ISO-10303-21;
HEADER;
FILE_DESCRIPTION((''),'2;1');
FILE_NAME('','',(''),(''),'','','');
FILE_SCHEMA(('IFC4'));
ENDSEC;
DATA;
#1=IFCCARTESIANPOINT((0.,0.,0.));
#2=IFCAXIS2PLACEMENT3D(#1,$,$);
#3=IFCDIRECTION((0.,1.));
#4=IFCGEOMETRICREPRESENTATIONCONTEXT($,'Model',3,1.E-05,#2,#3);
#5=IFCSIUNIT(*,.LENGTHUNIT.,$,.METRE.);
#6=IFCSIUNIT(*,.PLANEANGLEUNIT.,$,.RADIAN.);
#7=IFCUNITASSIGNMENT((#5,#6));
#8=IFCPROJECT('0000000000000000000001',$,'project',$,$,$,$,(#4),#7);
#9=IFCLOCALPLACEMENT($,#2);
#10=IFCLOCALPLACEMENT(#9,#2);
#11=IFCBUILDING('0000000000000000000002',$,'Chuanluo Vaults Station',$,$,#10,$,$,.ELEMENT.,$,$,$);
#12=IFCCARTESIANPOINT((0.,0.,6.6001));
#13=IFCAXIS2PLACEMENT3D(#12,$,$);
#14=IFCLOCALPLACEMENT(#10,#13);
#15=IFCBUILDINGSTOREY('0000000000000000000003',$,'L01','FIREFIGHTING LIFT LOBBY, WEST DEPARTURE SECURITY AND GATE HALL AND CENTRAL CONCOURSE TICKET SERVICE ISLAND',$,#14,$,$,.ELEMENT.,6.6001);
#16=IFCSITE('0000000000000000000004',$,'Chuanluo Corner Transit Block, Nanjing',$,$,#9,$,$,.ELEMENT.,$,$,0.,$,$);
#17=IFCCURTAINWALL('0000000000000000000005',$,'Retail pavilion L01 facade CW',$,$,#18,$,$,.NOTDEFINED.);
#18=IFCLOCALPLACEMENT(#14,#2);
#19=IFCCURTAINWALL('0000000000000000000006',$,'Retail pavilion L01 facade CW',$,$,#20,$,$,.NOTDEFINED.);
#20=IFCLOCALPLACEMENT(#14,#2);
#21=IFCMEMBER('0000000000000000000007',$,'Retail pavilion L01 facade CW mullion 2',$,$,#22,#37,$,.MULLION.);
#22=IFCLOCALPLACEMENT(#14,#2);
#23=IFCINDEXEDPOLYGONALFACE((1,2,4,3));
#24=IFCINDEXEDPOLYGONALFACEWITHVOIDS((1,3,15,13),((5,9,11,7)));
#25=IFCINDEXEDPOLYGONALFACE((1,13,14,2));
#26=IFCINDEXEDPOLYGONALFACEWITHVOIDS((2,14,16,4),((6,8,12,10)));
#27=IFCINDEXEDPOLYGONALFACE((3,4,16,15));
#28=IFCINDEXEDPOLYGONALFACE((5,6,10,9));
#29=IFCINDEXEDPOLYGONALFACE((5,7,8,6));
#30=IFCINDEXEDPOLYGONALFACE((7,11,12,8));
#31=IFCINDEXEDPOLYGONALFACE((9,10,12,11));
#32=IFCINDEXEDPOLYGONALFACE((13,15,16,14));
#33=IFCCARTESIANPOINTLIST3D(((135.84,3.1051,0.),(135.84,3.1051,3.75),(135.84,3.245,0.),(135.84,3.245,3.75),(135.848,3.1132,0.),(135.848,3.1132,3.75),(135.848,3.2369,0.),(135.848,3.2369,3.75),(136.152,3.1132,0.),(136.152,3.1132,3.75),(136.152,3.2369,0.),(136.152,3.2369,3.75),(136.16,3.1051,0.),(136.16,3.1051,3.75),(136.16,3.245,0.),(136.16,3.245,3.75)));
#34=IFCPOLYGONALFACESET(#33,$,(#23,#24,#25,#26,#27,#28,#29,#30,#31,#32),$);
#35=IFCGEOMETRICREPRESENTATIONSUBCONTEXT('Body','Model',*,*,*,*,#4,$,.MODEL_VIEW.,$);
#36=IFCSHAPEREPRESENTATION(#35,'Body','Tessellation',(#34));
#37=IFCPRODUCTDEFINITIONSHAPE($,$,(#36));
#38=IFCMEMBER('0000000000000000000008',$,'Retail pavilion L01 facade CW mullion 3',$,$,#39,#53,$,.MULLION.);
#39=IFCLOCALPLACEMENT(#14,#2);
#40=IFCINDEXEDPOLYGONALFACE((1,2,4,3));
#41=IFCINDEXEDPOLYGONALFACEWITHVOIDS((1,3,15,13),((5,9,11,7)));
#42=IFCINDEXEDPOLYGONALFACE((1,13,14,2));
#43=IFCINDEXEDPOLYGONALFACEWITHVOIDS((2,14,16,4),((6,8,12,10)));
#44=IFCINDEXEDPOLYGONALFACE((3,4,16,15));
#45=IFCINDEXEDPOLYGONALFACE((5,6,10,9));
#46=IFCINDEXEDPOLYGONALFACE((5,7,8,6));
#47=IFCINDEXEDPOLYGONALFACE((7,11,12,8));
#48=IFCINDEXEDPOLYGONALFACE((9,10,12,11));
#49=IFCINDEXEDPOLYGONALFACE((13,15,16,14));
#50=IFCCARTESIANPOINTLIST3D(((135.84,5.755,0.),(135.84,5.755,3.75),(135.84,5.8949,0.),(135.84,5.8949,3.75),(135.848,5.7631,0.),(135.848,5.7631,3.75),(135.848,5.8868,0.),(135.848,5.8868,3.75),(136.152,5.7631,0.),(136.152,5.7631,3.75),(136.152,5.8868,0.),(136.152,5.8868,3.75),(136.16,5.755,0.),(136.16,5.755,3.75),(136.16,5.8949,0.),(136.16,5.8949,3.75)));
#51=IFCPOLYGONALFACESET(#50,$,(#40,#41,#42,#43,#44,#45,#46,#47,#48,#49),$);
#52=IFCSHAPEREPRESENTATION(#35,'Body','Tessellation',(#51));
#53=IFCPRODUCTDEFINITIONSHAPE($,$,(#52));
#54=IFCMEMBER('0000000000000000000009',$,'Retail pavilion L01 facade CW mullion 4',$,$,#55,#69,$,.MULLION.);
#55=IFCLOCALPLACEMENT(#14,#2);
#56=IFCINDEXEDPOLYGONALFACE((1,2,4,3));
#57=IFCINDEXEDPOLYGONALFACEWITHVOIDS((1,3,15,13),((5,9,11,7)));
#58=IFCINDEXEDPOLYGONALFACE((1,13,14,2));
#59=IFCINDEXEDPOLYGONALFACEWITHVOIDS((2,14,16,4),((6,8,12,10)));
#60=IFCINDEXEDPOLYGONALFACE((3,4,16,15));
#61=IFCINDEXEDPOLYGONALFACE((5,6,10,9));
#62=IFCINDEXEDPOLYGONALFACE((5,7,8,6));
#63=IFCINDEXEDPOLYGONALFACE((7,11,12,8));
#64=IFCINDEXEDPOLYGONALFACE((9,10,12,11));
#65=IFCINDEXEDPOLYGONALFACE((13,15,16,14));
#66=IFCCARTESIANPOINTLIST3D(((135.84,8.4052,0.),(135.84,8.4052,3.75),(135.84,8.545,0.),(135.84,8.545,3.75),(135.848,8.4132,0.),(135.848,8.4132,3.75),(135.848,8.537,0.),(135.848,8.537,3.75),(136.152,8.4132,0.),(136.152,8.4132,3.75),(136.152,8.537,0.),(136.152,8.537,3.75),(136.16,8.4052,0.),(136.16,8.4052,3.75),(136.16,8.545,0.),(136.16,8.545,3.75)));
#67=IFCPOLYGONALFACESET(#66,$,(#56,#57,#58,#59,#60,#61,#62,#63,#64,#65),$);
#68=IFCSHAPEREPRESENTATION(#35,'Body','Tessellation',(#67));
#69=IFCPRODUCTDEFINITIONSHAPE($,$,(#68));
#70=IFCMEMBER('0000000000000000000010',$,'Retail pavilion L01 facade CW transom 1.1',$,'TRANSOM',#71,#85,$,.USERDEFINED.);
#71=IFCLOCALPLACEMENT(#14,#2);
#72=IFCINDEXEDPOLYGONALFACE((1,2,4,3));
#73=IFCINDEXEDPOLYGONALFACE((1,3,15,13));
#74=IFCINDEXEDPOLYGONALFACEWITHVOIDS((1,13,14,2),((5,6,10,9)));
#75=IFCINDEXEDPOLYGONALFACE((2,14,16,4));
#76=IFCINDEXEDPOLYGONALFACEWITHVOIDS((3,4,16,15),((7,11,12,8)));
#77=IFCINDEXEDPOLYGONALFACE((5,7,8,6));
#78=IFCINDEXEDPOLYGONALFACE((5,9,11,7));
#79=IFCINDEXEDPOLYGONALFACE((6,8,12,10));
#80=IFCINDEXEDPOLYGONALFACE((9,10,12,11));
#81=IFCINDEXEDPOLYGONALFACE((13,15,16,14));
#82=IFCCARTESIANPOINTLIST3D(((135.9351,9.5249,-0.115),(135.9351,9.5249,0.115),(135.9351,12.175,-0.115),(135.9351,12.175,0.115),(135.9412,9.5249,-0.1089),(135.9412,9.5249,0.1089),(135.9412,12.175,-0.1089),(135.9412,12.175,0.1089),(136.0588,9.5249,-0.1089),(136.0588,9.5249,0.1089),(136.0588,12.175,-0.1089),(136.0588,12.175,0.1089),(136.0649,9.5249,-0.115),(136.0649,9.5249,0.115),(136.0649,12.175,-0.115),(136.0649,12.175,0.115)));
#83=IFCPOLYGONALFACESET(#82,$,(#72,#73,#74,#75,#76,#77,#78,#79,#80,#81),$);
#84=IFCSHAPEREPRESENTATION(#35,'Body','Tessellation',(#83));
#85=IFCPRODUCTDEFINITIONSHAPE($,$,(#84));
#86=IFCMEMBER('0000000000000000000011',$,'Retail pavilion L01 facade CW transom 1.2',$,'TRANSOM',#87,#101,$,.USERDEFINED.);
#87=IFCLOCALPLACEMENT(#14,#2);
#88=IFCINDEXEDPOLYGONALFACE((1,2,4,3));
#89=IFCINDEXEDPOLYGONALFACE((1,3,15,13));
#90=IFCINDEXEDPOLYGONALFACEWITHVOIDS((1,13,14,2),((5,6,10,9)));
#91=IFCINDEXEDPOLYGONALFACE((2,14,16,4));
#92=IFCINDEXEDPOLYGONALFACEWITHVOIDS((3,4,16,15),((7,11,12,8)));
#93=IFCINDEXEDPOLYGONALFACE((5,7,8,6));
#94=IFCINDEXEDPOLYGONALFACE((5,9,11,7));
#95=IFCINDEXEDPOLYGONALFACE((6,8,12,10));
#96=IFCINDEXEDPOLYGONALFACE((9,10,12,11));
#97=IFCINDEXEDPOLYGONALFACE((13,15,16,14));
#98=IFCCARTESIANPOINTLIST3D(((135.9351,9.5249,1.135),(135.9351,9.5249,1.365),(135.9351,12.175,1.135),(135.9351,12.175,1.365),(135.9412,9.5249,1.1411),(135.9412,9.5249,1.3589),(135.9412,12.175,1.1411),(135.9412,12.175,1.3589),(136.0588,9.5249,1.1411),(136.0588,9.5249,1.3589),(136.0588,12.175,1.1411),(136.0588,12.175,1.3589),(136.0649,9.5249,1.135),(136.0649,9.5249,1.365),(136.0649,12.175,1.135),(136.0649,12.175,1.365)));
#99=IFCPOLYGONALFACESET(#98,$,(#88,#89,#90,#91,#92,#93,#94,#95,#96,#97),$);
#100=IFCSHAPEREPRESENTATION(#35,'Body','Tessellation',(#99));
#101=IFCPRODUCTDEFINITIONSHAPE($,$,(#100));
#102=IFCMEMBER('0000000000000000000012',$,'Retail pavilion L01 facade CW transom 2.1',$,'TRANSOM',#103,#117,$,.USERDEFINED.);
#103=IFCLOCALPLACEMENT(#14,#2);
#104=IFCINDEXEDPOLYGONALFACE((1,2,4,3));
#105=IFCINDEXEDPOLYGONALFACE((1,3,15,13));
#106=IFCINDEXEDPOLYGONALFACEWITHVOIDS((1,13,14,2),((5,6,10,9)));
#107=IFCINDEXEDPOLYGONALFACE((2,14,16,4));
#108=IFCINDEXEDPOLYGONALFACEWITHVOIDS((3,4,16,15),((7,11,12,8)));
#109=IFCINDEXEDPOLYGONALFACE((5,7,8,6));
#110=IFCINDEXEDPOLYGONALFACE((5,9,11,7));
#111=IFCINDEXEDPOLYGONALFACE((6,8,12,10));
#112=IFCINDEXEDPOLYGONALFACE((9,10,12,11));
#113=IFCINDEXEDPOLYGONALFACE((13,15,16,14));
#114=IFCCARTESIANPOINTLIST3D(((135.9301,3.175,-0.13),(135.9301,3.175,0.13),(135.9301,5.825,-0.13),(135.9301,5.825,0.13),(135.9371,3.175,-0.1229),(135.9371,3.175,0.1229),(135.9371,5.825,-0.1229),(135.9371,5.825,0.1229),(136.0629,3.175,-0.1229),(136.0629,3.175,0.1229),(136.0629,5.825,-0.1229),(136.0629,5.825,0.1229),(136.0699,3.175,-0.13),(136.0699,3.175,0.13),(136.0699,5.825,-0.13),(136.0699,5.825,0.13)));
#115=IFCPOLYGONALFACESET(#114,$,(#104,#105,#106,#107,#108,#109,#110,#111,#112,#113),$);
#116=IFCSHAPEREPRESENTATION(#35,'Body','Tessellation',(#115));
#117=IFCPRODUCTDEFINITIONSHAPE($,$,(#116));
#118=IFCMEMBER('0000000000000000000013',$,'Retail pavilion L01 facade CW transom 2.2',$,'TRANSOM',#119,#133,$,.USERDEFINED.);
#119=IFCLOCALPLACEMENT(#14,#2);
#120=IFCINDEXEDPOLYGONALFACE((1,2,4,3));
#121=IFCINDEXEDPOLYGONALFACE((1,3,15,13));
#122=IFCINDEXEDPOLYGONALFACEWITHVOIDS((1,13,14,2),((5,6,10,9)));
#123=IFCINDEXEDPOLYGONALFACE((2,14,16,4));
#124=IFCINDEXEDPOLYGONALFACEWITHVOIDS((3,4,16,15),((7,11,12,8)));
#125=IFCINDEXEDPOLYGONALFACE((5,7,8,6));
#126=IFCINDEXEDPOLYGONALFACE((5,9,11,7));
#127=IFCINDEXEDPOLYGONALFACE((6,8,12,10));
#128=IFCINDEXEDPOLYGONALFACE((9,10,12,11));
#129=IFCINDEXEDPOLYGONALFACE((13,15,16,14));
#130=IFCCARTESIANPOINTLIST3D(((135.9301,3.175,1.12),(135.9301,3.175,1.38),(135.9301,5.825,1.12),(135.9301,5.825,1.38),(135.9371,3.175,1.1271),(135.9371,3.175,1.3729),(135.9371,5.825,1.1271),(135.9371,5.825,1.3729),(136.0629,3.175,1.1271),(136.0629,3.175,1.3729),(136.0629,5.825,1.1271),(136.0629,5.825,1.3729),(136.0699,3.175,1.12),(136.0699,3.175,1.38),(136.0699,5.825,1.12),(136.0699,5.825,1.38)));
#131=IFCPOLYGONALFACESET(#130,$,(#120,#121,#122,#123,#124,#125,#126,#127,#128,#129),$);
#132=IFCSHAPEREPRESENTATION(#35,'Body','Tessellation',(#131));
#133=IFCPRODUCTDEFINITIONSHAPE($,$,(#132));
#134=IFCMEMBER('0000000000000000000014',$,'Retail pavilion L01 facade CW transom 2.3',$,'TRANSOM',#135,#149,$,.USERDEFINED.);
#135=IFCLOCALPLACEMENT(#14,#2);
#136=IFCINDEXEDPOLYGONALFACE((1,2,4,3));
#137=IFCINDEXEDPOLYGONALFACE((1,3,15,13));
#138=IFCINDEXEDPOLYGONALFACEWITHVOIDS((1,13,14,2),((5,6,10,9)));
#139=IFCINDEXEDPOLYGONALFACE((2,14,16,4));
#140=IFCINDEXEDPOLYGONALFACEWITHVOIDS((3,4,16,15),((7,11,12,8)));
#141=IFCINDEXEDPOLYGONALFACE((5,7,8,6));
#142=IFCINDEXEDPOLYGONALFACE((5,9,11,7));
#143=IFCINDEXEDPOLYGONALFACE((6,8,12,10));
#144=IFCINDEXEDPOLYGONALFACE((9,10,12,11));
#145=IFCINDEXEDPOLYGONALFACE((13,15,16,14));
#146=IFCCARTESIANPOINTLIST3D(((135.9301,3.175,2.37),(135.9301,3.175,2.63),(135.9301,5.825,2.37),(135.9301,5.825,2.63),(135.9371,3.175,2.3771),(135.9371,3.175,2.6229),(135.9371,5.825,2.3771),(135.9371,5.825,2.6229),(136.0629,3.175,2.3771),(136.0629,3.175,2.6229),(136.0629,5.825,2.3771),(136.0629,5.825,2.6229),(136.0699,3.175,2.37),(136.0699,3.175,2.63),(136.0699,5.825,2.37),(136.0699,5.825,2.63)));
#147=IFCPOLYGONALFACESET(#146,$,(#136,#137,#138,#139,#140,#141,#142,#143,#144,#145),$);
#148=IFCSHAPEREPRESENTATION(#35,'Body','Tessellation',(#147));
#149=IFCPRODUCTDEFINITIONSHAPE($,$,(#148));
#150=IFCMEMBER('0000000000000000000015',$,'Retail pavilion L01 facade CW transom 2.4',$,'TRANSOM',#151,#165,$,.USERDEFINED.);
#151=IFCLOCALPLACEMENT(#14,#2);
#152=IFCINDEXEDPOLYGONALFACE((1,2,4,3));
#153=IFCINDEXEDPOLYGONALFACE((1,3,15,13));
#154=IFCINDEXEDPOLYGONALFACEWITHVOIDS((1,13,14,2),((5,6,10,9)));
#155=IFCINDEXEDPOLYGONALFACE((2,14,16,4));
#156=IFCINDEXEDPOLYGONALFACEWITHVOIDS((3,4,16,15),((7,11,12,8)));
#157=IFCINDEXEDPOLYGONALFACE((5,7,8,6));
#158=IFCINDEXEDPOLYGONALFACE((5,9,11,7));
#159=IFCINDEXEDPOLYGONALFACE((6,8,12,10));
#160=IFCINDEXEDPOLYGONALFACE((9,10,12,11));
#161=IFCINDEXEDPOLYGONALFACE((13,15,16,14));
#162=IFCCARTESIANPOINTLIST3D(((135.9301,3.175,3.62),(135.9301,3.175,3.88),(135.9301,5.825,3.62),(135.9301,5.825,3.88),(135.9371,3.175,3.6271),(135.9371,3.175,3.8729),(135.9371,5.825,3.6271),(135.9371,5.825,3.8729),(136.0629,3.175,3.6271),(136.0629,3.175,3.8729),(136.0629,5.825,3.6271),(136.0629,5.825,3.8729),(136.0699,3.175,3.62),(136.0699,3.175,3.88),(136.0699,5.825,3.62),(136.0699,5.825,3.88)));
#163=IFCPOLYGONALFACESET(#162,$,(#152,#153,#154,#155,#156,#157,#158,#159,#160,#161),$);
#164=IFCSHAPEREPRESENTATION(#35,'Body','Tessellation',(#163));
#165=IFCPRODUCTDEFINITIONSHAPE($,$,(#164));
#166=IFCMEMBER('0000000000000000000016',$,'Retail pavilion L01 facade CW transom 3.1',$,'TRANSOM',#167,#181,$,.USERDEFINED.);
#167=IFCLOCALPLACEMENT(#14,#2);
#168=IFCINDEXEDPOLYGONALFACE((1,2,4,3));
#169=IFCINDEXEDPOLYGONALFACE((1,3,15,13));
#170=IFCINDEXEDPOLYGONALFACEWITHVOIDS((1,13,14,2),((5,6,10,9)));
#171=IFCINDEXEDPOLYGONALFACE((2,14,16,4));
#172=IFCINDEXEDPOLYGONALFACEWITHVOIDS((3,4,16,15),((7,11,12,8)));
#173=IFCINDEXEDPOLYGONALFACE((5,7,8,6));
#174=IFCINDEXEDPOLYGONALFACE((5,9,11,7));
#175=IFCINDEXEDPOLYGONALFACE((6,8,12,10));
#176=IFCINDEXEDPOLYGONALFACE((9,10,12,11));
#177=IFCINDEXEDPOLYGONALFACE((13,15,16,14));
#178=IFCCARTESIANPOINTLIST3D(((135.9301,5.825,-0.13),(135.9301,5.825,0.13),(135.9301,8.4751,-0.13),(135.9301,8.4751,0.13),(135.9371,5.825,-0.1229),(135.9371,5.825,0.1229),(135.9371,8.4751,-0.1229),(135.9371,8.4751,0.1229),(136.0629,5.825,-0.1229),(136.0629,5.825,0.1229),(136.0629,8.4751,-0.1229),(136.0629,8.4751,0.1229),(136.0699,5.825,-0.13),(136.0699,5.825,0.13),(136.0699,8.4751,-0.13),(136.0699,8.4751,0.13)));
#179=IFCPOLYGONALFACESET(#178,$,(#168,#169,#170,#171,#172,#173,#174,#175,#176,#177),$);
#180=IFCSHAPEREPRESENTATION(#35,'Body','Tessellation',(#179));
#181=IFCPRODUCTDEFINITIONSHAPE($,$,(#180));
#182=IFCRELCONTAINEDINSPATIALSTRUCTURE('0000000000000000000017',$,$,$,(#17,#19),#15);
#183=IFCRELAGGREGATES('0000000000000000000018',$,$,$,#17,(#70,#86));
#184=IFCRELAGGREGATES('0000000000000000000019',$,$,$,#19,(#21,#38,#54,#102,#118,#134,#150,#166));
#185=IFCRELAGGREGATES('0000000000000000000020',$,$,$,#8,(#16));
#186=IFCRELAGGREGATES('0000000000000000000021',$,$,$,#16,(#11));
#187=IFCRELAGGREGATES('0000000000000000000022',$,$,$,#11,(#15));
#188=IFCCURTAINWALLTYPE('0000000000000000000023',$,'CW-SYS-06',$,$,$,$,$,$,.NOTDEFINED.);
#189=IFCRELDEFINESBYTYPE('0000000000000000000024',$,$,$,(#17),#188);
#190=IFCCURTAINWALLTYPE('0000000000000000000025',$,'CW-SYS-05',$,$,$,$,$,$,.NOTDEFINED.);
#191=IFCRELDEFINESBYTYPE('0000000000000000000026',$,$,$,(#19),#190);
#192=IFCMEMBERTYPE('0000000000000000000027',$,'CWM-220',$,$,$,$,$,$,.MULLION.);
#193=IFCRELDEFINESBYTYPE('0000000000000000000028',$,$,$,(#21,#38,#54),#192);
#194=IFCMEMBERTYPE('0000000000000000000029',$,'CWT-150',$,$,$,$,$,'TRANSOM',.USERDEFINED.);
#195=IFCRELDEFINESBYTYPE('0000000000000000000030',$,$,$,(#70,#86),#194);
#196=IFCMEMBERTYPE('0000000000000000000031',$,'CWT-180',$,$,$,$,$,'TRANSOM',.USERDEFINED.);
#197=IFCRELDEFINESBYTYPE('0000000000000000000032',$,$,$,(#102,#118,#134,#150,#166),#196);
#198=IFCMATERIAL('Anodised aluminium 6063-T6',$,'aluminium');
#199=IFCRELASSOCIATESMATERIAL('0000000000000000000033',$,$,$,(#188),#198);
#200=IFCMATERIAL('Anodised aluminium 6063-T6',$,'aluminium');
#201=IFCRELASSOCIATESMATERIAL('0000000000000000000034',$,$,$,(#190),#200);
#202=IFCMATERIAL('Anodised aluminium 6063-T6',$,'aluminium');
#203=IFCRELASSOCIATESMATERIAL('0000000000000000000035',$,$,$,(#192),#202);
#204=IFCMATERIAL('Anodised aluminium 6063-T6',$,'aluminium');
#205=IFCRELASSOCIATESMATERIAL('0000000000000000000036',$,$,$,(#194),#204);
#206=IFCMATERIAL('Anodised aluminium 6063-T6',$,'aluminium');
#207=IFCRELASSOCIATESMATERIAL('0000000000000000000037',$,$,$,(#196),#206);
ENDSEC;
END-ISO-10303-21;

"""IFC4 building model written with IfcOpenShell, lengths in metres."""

from ifc_helpers import new_model, si_unit, direction, frame, origin, origin_2d, place, context, subcontext, project, spatial, hollow_rectangle, extrude, material, material_profile, profile_set, type_object, element, aggregate, save


model = new_model("IFC4")

# Units and contexts
model_context = context("Model", 3, precision=1e-05, world=origin(), true_north=direction((0.0, 1.0)))
body_context = subcontext(model_context, "Body", "Model", "MODEL_VIEW")
ifc_project = project(units=[si_unit("LENGTHUNIT", "METRE"), si_unit("PLANEANGLEUNIT", "RADIAN")], contexts=[model_context])

# Site, building, storey
site_placement = place(None, origin())
site = spatial("IfcSite", under=ifc_project, at=site_placement, Name="Chuanluo Corner Transit Block, Nanjing", CompositionType="ELEMENT", RefElevation=0.0)
building_placement = place(site_placement, origin())
building = spatial("IfcBuilding", under=site, at=building_placement, Name="Chuanluo Vaults Station", CompositionType="ELEMENT")
storey_placement = place(building_placement, frame((0.0, 0.0, 6.6001)))
storey = spatial("IfcBuildingStorey", under=building, at=storey_placement, Name="L01", Description="FIREFIGHTING LIFT LOBBY, WEST DEPARTURE SECURITY AND GATE HALL AND CENTRAL CONCOURSE TICKET SERVICE ISLAND", CompositionType="ELEMENT", Elevation=6.6001)

# Curtain wall
ifc_material_1 = material(Name="Anodised aluminium 6063-T6", Category="aluminium")
curtain_wall_type_1 = type_object("IfcCurtainWallType", Name="CW-SYS-06", PredefinedType="NOTDEFINED", material=ifc_material_1)
curtain_wall_1_placement = place(storey_placement, origin())
curtain_wall_1 = element("IfcCurtainWall", 1, at=curtain_wall_1_placement, inside=storey, type_object=curtain_wall_type_1, Name="Retail pavilion L01 facade CW", PredefinedType="NOTDEFINED")

# Curtain wall, members
ifc_material_2 = material(Name="Anodised aluminium 6063-T6", Category="aluminium")
curtain_wall_type_2 = type_object("IfcCurtainWallType", Name="CW-SYS-05", PredefinedType="NOTDEFINED", material=ifc_material_2)
curtain_wall_2_placement = place(storey_placement, origin())
curtain_wall_2 = element("IfcCurtainWall", 2, at=curtain_wall_2_placement, inside=storey, type_object=curtain_wall_type_2, Name="Retail pavilion L01 facade CW", PredefinedType="NOTDEFINED")
ifc_material_3 = material(Name="Anodised aluminium 6063-T6", Category="aluminium")
ifc_material_profile_1 = material_profile(ifc_material_3, hollow_rectangle(XDim=0.1399, YDim=0.3201, WallThickness=0.0081, at=origin_2d()))
ifc_profile_set_1 = profile_set([ifc_material_profile_1], Name="Anodised aluminium 6063-T6")
member_type_1 = type_object("IfcMemberType", Name="CWM-220", PredefinedType="MULLION", material=ifc_profile_set_1)
member_1_placement = place(storey_placement, frame((136.0, 3.175, 0.0), z_axis=(0.0, 0.0, 1.0), x_axis=(0.0, 1.0, 0.0)))
member_1 = element("IfcMember", 3, at=member_1_placement, type_object=member_type_1, Name="Retail pavilion L01 facade CW mullion 2", PredefinedType="MULLION", context=body_context, shape_type="SweptSolid", body=[
    extrude(hollow_rectangle(XDim=0.1399, YDim=0.3201, WallThickness=0.0081, at=origin_2d()), origin(), (0.0, 0.0, 1.0), 3.75),
])
member_2_placement = place(storey_placement, frame((136.0, 5.825, 0.0), z_axis=(0.0, 0.0, 1.0), x_axis=(0.0, 1.0, 0.0)))
member_2 = element("IfcMember", 4, at=member_2_placement, type_object=member_type_1, Name="Retail pavilion L01 facade CW mullion 3", PredefinedType="MULLION", context=body_context, shape_type="SweptSolid", body=[
    extrude(hollow_rectangle(XDim=0.1399, YDim=0.3201, WallThickness=0.0081, at=origin_2d()), origin(), (0.0, 0.0, 1.0), 3.75),
])
member_3_placement = place(storey_placement, frame((136.0, 8.4751, 0.0), z_axis=(0.0, 0.0, 1.0), x_axis=(0.0, 1.0, 0.0)))
member_3 = element("IfcMember", 5, at=member_3_placement, type_object=member_type_1, Name="Retail pavilion L01 facade CW mullion 4", PredefinedType="MULLION", context=body_context, shape_type="SweptSolid", body=[
    extrude(hollow_rectangle(XDim=0.1399, YDim=0.3201, WallThickness=0.0081, at=origin_2d()), origin(), (0.0, 0.0, 1.0), 3.75),
])

# Members
ifc_material_4 = material(Name="Anodised aluminium 6063-T6", Category="aluminium")
ifc_material_profile_2 = material_profile(ifc_material_4, hollow_rectangle(XDim=0.1299, YDim=0.23, WallThickness=0.0061, at=origin_2d()))
ifc_profile_set_2 = profile_set([ifc_material_profile_2], Name="Anodised aluminium 6063-T6")
member_type_2 = type_object("IfcMemberType", Name="CWT-150", ElementType="TRANSOM", PredefinedType="USERDEFINED", material=ifc_profile_set_2)
member_4_placement = place(storey_placement, frame((136.0, 9.5249, 0.0), z_axis=(0.0, 1.0, 0.0), x_axis=(-1.0, 0.0, 0.0)))
member_4 = element("IfcMember", 6, at=member_4_placement, type_object=member_type_2, Name="Retail pavilion L01 facade CW transom 1.1", ObjectType="TRANSOM", PredefinedType="USERDEFINED", context=body_context, shape_type="SweptSolid", body=[
    extrude(hollow_rectangle(XDim=0.1299, YDim=0.23, WallThickness=0.0061, at=origin_2d()), origin(), (0.0, 0.0, 1.0), 2.6501),
])
member_5_placement = place(storey_placement, frame((136.0, 9.5249, 1.25), z_axis=(0.0, 1.0, 0.0), x_axis=(-1.0, 0.0, 0.0)))
member_5 = element("IfcMember", 7, at=member_5_placement, type_object=member_type_2, Name="Retail pavilion L01 facade CW transom 1.2", ObjectType="TRANSOM", PredefinedType="USERDEFINED", context=body_context, shape_type="SweptSolid", body=[
    extrude(hollow_rectangle(XDim=0.1299, YDim=0.23, WallThickness=0.0061, at=origin_2d()), origin(), (0.0, 0.0, 1.0), 2.6501),
])
aggregate(curtain_wall_1, [member_4, member_5])
ifc_material_5 = material(Name="Anodised aluminium 6063-T6", Category="aluminium")
ifc_material_profile_3 = material_profile(ifc_material_5, hollow_rectangle(XDim=0.1399, YDim=0.26, WallThickness=0.0071, at=origin_2d()))
ifc_profile_set_3 = profile_set([ifc_material_profile_3], Name="Anodised aluminium 6063-T6")
member_type_3 = type_object("IfcMemberType", Name="CWT-180", ElementType="TRANSOM", PredefinedType="USERDEFINED", material=ifc_profile_set_3)
member_6_placement = place(storey_placement, frame((136.0, 3.175, 0.0), z_axis=(0.0, 1.0, 0.0), x_axis=(-1.0, 0.0, 0.0)))
member_6 = element("IfcMember", 8, at=member_6_placement, type_object=member_type_3, Name="Retail pavilion L01 facade CW transom 2.1", ObjectType="TRANSOM", PredefinedType="USERDEFINED", context=body_context, shape_type="SweptSolid", body=[
    extrude(hollow_rectangle(XDim=0.1399, YDim=0.26, WallThickness=0.0071, at=origin_2d()), origin(), (0.0, 0.0, 1.0), 2.6499),
])
member_7_placement = place(storey_placement, frame((136.0, 3.175, 1.25), z_axis=(0.0, 1.0, 0.0), x_axis=(-1.0, 0.0, 0.0)))
member_7 = element("IfcMember", 9, at=member_7_placement, type_object=member_type_3, Name="Retail pavilion L01 facade CW transom 2.2", ObjectType="TRANSOM", PredefinedType="USERDEFINED", context=body_context, shape_type="SweptSolid", body=[
    extrude(hollow_rectangle(XDim=0.1399, YDim=0.26, WallThickness=0.0071, at=origin_2d()), origin(), (0.0, 0.0, 1.0), 2.6499),
])
member_8_placement = place(storey_placement, frame((136.0, 3.175, 2.5), z_axis=(0.0, 1.0, 0.0), x_axis=(-1.0, 0.0, 0.0)))
member_8 = element("IfcMember", 10, at=member_8_placement, type_object=member_type_3, Name="Retail pavilion L01 facade CW transom 2.3", ObjectType="TRANSOM", PredefinedType="USERDEFINED", context=body_context, shape_type="SweptSolid", body=[
    extrude(hollow_rectangle(XDim=0.1399, YDim=0.26, WallThickness=0.0071, at=origin_2d()), origin(), (0.0, 0.0, 1.0), 2.6499),
])
member_9_placement = place(storey_placement, frame((136.0, 3.175, 3.75), z_axis=(0.0, 1.0, 0.0), x_axis=(-1.0, 0.0, 0.0)))
member_9 = element("IfcMember", 11, at=member_9_placement, type_object=member_type_3, Name="Retail pavilion L01 facade CW transom 2.4", ObjectType="TRANSOM", PredefinedType="USERDEFINED", context=body_context, shape_type="SweptSolid", body=[
    extrude(hollow_rectangle(XDim=0.1399, YDim=0.26, WallThickness=0.0071, at=origin_2d()), origin(), (0.0, 0.0, 1.0), 2.6499),
])
member_10_placement = place(storey_placement, frame((136.0, 5.825, 0.0), z_axis=(0.0, 1.0, 0.0), x_axis=(-1.0, 0.0, 0.0)))
member_10 = element("IfcMember", 12, at=member_10_placement, type_object=member_type_3, Name="Retail pavilion L01 facade CW transom 3.1", ObjectType="TRANSOM", PredefinedType="USERDEFINED", context=body_context, shape_type="SweptSolid", body=[
    extrude(hollow_rectangle(XDim=0.1399, YDim=0.26, WallThickness=0.0071, at=origin_2d()), origin(), (0.0, 0.0, 1.0), 2.6501),
])

aggregate(curtain_wall_2, [member_1, member_2, member_3, member_6, member_7, member_8, member_9, member_10])

save(model, "model.ifc")
